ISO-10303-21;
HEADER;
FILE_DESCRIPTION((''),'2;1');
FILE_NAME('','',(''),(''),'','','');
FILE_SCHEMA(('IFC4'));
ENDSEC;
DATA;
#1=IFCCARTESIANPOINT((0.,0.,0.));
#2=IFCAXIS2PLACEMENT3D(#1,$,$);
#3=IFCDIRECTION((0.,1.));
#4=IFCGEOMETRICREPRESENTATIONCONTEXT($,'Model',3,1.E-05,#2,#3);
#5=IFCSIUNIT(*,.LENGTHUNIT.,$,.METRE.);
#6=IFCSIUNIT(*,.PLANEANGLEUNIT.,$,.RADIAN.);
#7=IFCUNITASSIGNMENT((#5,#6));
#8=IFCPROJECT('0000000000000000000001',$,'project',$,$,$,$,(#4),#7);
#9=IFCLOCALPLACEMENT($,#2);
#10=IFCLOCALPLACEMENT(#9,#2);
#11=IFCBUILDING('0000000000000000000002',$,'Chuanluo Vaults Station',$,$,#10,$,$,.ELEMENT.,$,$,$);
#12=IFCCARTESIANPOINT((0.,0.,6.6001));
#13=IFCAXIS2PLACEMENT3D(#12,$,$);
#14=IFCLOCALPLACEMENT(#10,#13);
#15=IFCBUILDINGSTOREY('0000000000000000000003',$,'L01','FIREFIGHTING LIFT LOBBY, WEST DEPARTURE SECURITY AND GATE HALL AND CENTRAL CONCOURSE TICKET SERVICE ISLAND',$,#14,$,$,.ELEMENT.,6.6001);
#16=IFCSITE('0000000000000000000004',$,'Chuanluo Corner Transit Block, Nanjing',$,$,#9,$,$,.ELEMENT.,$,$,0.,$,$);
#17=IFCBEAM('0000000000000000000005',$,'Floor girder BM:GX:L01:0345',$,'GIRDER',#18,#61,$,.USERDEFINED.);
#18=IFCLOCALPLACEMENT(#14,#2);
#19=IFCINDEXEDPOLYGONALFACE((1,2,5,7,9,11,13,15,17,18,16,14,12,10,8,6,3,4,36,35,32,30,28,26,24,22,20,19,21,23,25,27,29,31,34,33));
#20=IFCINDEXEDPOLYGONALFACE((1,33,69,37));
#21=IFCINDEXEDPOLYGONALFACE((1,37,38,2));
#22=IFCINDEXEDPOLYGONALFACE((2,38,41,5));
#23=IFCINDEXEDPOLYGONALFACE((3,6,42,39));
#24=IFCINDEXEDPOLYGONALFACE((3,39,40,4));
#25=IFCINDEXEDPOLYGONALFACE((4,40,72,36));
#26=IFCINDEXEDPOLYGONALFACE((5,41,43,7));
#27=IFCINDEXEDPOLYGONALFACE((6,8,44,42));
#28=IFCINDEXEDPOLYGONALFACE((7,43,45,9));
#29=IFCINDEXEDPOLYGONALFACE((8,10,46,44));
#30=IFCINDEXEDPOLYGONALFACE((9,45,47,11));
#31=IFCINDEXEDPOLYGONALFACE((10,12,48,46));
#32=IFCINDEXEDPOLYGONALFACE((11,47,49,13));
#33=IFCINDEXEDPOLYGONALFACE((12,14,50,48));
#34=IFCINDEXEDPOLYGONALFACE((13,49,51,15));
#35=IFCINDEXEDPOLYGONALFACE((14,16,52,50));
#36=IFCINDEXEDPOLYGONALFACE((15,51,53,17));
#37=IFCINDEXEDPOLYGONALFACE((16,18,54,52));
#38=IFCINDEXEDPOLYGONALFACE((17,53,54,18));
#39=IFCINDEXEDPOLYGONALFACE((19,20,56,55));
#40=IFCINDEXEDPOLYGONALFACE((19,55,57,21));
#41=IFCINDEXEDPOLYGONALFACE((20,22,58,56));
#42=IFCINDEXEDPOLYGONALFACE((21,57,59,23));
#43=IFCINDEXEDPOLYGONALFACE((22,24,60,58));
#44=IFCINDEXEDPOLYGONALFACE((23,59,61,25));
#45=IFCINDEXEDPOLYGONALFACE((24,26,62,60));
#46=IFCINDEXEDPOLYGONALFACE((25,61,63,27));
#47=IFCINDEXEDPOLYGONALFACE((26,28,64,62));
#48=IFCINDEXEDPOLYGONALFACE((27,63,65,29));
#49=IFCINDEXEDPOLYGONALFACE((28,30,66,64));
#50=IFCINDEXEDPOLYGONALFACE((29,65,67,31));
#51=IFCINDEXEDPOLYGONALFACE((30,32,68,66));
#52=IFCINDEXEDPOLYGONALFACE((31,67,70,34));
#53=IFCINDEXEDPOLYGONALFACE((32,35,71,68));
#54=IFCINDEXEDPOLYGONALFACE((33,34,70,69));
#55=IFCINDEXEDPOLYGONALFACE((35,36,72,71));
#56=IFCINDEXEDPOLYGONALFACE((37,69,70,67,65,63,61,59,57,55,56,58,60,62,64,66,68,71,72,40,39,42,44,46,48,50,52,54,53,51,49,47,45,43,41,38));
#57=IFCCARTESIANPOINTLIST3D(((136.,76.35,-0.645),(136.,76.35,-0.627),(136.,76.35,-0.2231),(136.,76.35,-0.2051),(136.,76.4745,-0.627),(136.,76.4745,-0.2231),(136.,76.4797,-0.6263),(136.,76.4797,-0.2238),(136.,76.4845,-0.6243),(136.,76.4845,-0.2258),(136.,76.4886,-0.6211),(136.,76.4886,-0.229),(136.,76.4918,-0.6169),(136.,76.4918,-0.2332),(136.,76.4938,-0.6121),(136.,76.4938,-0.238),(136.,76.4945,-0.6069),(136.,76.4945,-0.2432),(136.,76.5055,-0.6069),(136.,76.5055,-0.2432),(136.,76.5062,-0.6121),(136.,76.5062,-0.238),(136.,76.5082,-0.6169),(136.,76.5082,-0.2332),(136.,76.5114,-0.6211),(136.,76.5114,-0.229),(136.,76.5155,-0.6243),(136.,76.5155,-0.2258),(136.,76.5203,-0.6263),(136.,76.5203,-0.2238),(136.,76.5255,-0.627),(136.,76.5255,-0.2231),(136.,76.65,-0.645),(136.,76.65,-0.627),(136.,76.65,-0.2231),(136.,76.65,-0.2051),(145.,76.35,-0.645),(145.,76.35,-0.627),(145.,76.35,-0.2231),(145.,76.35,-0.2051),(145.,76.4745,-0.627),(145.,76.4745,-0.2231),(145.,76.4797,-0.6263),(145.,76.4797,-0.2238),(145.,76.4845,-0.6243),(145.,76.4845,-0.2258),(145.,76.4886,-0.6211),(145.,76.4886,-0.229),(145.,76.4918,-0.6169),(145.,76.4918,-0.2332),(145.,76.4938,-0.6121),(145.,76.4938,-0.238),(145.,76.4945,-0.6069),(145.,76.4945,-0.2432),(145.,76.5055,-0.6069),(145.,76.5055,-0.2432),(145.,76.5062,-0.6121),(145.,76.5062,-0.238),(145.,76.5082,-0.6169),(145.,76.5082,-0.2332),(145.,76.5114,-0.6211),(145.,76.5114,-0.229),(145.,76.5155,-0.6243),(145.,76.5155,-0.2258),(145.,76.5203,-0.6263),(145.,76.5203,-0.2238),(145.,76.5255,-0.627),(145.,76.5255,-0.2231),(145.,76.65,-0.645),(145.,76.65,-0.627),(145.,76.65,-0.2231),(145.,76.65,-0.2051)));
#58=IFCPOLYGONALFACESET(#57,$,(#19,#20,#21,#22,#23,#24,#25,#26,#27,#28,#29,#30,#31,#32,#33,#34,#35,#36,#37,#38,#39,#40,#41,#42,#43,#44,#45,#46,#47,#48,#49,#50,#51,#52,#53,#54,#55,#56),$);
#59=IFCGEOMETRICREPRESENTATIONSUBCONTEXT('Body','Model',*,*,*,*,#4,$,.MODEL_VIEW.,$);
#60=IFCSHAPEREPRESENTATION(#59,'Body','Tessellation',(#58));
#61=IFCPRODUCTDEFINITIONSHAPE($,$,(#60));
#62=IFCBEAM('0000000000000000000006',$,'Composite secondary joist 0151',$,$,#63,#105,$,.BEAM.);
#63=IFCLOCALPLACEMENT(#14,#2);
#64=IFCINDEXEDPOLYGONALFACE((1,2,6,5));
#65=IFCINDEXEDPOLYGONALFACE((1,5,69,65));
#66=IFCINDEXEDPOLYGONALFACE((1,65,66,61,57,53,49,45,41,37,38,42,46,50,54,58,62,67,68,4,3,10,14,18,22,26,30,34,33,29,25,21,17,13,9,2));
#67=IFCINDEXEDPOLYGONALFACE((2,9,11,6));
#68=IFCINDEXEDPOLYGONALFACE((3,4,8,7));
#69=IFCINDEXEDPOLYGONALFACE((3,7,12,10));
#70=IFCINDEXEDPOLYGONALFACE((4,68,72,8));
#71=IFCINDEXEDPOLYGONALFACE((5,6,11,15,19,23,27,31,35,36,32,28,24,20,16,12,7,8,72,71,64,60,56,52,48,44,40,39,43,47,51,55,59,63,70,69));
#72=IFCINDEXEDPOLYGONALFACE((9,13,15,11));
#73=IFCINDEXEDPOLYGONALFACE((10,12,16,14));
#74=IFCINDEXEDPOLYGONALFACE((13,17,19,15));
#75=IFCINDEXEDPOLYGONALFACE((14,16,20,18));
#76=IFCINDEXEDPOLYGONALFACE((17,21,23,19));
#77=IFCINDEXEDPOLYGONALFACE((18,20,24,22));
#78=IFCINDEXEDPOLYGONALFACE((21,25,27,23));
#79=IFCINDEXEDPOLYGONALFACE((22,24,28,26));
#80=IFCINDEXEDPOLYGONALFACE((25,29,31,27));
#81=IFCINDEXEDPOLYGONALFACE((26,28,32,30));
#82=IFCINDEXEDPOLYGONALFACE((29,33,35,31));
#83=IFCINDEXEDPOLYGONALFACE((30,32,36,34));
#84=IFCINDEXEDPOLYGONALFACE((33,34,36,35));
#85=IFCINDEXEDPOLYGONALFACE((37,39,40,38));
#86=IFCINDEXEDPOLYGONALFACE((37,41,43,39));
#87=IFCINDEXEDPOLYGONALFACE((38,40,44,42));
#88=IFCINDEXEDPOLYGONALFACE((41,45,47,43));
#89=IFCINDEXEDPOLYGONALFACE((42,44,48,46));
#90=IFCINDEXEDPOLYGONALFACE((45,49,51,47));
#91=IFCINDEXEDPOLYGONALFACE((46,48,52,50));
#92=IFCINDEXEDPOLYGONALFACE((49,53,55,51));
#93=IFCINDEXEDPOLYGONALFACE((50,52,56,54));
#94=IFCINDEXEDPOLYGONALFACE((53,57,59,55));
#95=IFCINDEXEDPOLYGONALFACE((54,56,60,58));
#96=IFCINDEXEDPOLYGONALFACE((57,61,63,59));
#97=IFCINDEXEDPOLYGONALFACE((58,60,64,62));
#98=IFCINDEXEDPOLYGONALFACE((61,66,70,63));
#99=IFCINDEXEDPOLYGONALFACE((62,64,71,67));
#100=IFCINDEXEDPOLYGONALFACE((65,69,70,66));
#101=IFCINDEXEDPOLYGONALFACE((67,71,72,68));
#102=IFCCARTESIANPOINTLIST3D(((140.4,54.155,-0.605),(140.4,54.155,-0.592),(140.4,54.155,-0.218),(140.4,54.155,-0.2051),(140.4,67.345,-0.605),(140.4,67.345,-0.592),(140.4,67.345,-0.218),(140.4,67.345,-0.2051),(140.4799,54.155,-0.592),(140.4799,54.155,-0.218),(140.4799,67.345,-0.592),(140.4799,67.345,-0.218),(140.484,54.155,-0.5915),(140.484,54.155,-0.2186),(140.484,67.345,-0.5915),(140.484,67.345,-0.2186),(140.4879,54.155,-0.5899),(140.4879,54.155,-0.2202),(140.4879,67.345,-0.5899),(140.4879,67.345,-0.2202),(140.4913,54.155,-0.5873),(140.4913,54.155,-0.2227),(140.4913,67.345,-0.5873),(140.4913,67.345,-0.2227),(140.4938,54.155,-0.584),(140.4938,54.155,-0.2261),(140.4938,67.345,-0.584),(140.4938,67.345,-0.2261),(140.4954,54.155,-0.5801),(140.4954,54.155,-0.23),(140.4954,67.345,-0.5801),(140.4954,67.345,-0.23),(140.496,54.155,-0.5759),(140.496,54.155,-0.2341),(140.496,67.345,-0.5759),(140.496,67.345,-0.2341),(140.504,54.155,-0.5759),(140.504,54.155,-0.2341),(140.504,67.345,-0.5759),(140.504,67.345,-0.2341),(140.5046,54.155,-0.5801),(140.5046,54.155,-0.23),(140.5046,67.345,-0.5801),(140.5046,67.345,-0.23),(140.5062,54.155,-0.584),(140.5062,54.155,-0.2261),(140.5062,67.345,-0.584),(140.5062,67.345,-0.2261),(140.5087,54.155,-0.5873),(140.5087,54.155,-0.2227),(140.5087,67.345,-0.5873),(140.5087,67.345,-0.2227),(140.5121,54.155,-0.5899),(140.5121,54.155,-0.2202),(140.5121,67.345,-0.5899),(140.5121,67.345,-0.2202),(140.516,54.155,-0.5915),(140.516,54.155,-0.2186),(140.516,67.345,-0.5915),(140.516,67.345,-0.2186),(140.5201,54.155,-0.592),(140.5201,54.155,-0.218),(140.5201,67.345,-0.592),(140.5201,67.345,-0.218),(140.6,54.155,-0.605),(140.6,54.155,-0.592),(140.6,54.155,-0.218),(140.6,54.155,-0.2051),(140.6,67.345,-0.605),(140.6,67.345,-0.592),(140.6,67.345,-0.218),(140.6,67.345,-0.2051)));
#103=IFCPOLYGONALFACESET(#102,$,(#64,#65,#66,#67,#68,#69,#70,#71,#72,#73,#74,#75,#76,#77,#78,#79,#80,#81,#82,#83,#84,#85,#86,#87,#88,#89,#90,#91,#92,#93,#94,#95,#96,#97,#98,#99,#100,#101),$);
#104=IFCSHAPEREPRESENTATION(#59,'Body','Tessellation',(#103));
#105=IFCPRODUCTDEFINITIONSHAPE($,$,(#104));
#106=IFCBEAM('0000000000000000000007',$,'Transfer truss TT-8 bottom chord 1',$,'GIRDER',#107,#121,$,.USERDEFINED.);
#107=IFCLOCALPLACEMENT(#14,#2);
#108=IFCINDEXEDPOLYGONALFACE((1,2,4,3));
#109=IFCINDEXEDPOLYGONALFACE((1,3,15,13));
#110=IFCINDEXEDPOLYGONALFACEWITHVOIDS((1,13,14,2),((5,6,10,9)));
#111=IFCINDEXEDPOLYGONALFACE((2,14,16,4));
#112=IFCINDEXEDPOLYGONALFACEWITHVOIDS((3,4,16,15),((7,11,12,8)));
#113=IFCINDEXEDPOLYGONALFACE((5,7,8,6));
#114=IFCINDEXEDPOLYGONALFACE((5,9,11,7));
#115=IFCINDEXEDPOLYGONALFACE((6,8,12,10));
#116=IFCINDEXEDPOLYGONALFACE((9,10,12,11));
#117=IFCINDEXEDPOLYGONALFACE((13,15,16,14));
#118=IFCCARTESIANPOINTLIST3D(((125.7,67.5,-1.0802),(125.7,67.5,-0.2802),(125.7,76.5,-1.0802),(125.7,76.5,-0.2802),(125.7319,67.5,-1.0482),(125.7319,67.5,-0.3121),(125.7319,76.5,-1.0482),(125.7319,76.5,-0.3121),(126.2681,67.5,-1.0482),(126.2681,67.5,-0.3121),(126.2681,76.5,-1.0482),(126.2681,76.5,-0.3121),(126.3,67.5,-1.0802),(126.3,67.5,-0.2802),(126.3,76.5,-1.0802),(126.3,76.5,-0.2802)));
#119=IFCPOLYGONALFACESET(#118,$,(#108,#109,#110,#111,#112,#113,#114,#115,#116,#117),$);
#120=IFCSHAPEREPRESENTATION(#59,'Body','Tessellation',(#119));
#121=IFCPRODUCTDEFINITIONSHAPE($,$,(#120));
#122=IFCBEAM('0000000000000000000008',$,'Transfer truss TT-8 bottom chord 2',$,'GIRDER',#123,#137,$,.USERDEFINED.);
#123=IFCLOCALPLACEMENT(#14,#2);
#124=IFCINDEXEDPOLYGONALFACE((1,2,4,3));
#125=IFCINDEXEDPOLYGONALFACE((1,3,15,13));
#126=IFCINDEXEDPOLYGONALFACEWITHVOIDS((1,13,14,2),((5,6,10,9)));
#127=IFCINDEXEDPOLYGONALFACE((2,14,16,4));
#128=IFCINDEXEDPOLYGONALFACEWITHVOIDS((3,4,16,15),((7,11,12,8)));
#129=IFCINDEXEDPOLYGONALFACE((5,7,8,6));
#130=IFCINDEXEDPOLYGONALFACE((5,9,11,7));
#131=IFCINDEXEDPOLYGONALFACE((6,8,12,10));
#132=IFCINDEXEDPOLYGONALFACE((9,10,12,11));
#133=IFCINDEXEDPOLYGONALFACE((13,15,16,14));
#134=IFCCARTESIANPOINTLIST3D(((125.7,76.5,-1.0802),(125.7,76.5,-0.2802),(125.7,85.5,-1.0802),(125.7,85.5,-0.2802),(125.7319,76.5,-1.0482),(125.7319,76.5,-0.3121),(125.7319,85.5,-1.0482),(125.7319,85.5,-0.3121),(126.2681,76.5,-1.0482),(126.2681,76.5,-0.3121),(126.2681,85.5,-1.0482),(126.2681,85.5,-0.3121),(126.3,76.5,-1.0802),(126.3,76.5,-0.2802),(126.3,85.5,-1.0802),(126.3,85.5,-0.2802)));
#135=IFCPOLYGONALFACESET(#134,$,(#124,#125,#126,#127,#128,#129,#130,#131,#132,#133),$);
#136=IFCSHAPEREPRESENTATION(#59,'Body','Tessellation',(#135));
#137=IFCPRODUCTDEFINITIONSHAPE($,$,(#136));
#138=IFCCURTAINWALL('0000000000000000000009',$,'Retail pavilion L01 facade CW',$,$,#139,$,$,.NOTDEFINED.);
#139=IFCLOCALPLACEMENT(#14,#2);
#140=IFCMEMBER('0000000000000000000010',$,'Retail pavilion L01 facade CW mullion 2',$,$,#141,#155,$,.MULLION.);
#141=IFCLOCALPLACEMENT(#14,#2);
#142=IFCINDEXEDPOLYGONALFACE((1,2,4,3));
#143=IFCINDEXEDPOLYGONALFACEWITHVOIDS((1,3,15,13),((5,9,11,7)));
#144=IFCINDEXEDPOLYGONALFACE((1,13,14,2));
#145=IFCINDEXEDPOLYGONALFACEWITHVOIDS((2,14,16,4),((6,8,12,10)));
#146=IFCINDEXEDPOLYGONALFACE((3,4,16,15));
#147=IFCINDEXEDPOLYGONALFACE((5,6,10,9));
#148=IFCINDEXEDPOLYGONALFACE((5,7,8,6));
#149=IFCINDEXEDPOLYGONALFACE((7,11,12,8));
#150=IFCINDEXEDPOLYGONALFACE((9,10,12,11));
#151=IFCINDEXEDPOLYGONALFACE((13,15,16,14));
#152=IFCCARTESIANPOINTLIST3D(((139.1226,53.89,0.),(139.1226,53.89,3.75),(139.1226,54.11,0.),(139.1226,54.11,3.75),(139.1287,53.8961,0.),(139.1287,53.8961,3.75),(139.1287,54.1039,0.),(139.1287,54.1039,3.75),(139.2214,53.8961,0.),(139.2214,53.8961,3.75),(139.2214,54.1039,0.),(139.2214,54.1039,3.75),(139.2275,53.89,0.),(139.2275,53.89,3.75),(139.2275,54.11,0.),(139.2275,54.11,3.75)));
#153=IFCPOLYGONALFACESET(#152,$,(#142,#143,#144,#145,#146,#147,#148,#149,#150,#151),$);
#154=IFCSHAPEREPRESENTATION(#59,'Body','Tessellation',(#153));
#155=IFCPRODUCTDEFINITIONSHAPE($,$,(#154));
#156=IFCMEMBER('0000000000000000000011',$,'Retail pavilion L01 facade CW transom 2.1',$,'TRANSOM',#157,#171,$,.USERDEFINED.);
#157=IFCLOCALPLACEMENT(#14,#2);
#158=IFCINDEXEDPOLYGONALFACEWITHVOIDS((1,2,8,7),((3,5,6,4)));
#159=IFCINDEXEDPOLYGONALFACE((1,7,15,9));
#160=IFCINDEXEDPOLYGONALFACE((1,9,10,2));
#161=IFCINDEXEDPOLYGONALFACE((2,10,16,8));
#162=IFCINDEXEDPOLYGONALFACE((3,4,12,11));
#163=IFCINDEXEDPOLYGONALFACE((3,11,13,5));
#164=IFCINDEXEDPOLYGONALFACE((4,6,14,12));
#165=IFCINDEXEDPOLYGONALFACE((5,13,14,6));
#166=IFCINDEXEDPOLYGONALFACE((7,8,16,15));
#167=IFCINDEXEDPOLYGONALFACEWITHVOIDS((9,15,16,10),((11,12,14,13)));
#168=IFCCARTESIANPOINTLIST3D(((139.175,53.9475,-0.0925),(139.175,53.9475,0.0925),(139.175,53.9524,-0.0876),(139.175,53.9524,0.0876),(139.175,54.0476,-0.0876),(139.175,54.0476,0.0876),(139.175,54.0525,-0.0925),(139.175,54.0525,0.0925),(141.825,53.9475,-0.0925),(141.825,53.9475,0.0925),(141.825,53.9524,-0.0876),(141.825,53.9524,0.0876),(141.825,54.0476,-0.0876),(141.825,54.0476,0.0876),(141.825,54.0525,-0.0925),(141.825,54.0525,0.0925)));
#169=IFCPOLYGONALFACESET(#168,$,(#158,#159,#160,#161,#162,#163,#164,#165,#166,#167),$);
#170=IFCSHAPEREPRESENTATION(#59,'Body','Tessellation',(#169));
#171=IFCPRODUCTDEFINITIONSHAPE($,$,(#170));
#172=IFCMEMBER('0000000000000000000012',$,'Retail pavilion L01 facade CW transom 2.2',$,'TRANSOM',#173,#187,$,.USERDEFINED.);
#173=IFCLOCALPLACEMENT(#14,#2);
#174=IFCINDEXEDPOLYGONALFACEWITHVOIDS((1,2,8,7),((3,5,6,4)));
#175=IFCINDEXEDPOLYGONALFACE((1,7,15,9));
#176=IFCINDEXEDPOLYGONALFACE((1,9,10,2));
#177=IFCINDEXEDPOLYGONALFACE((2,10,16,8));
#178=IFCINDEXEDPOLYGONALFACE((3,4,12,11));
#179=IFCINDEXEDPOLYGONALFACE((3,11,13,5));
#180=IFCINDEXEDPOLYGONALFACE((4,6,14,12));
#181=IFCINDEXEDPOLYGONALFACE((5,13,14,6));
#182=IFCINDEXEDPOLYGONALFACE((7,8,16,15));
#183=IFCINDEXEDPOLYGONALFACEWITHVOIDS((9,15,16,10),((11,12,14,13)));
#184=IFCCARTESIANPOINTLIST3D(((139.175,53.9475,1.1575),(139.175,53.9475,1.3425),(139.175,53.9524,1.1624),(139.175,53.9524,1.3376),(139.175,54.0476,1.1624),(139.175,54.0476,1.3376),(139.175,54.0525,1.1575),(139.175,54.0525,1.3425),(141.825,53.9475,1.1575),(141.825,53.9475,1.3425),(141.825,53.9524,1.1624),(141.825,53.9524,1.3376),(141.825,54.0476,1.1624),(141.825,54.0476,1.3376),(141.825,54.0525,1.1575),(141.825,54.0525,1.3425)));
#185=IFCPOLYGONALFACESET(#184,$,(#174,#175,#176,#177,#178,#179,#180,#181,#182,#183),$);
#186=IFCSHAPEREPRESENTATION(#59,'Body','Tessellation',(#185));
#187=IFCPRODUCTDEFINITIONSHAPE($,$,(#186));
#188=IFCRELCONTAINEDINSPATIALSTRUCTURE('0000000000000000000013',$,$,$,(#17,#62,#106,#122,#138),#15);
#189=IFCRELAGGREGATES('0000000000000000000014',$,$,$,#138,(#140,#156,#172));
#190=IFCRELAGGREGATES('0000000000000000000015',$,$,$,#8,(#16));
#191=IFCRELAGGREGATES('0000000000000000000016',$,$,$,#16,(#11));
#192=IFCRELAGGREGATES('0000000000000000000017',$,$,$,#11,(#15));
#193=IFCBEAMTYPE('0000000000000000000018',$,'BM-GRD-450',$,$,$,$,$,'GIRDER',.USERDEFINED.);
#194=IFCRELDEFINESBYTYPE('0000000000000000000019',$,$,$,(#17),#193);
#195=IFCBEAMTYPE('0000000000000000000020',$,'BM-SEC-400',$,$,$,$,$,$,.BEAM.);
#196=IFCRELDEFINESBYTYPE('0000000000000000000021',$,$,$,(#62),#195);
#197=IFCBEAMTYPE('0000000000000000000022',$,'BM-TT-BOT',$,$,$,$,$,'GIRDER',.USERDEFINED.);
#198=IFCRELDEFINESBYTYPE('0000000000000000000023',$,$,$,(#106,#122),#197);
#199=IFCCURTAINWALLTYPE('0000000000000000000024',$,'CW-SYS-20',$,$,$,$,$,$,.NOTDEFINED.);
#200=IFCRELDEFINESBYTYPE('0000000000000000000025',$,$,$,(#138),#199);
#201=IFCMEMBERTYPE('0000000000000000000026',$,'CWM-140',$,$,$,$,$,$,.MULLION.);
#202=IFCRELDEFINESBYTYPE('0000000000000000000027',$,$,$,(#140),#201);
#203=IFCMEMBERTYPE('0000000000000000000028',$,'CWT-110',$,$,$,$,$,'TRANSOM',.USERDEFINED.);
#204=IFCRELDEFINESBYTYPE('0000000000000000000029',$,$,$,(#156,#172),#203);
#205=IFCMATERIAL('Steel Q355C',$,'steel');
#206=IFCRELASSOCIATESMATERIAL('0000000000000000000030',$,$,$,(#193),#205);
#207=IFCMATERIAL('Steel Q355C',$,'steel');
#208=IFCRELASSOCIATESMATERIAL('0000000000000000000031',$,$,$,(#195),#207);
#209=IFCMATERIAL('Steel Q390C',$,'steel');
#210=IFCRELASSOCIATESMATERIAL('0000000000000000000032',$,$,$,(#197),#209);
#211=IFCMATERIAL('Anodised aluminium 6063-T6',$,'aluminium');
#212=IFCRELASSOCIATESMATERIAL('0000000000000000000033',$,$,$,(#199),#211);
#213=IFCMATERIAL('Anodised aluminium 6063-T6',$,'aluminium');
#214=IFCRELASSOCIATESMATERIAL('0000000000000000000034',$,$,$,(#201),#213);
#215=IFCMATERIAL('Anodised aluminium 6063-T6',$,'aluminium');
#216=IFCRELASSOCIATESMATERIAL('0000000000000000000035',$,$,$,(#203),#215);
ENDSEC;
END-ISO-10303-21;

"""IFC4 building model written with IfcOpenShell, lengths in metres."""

from ifc_helpers import new_model, si_unit, direction, frame, origin, origin_2d, place, context, subcontext, project, spatial, hollow_rectangle, i_section, extrude, material, material_profile, profile_set, type_object, element, aggregate, save


model = new_model("IFC4")

# Units and contexts
model_context = context("Model", 3, precision=1e-05, world=origin(), true_north=direction((0.0, 1.0)))
body_context = subcontext(model_context, "Body", "Model", "MODEL_VIEW")
ifc_project = project(units=[si_unit("LENGTHUNIT", "METRE"), si_unit("PLANEANGLEUNIT", "RADIAN")], contexts=[model_context])

# Site, building, storey
site_placement = place(None, origin())
site = spatial("IfcSite", under=ifc_project, at=site_placement, Name="Chuanluo Corner Transit Block, Nanjing", CompositionType="ELEMENT", RefElevation=0.0)
building_placement = place(site_placement, origin())
building = spatial("IfcBuilding", under=site, at=building_placement, Name="Chuanluo Vaults Station", CompositionType="ELEMENT")
storey_placement = place(building_placement, frame((0.0, 0.0, 6.6001)))
storey = spatial("IfcBuildingStorey", under=building, at=storey_placement, Name="L01", Description="FIREFIGHTING LIFT LOBBY, WEST DEPARTURE SECURITY AND GATE HALL AND CENTRAL CONCOURSE TICKET SERVICE ISLAND", CompositionType="ELEMENT", Elevation=6.6001)

# Beams
ifc_material_1 = material(Name="Steel Q355C", Category="steel")
ifc_material_profile_1 = material_profile(ifc_material_1, i_section(OverallWidth=0.3, OverallDepth=0.4399, WebThickness=0.011, FlangeThickness=0.0181, FilletRadius=0.02, at=origin_2d()))
ifc_profile_set_1 = profile_set([ifc_material_profile_1], Name="Steel Q355C")
beam_type_1 = type_object("IfcBeamType", Name="BM-GRD-450", ElementType="GIRDER", PredefinedType="USERDEFINED", material=ifc_profile_set_1)
for number, where, z_axis, x_axis, name in (
    (1, (136.0, 76.5, -0.425), (1.0, 0.0, 0.0), (0.0, 1.0, 0.0), "Floor girder BM:GX:L01:0345"),
):
    element("IfcBeam", number, at=place(storey_placement, frame(where, z_axis=z_axis, x_axis=x_axis)), inside=storey, type_object=beam_type_1, Name=name, ObjectType="GIRDER", PredefinedType="USERDEFINED", context=body_context, shape_type="SweptSolid", body=[
        extrude(i_section(OverallWidth=0.3, OverallDepth=0.4399, WebThickness=0.011, FlangeThickness=0.0181, FilletRadius=0.02, at=origin_2d()), origin(), (0.0, 0.0, 1.0), 9.0),
    ])
ifc_material_2 = material(Name="Steel Q355C", Category="steel")
ifc_material_profile_2 = material_profile(ifc_material_2, i_section(OverallWidth=0.2, OverallDepth=0.3999, WebThickness=0.0081, FlangeThickness=0.0129, FilletRadius=0.0161, at=origin_2d()))
ifc_profile_set_2 = profile_set([ifc_material_profile_2], Name="Steel Q355C")
beam_type_2 = type_object("IfcBeamType", Name="BM-SEC-400", PredefinedType="BEAM", material=ifc_profile_set_2)
beam_placement = place(storey_placement, frame((140.5, 54.155, -0.405), z_axis=(0.0, 1.0, 0.0), x_axis=(-1.0, 0.0, 0.0)))
element("IfcBeam", 2, at=beam_placement, inside=storey, type_object=beam_type_2, Name="Composite secondary joist 0151", PredefinedType="BEAM", context=body_context, shape_type="SweptSolid", body=[
    extrude(i_section(OverallWidth=0.2, OverallDepth=0.3999, WebThickness=0.0081, FlangeThickness=0.0129, FilletRadius=0.0161, at=origin_2d()), origin(), (0.0, 0.0, 1.0), 13.1899),
])
ifc_material_3 = material(Name="Steel Q390C", Category="steel")
ifc_material_profile_3 = material_profile(ifc_material_3, hollow_rectangle(XDim=0.6001, YDim=0.8, WallThickness=0.032, at=origin_2d()))
ifc_profile_set_3 = profile_set([ifc_material_profile_3], Name="Steel Q390C")
beam_type_3 = type_object("IfcBeamType", Name="BM-TT-BOT", ElementType="GIRDER", PredefinedType="USERDEFINED", material=ifc_profile_set_3)
for number, where, z_axis, x_axis, name in (
    (3, (126.0, 67.5, -0.6802), (0.0, 1.0, 0.0), (-1.0, 0.0, 0.0), "Transfer truss TT-8 bottom chord 1"),
    (4, (126.0, 76.5, -0.6802), (0.0, 1.0, 0.0), (-1.0, 0.0, 0.0), "Transfer truss TT-8 bottom chord 2"),
):
    element("IfcBeam", number, at=place(storey_placement, frame(where, z_axis=z_axis, x_axis=x_axis)), inside=storey, type_object=beam_type_3, Name=name, ObjectType="GIRDER", PredefinedType="USERDEFINED", context=body_context, shape_type="SweptSolid", body=[
        extrude(hollow_rectangle(XDim=0.6001, YDim=0.8, WallThickness=0.032, at=origin_2d()), origin(), (0.0, 0.0, 1.0), 9.0),
    ])

# Curtain wall, members
ifc_material_4 = material(Name="Anodised aluminium 6063-T6", Category="aluminium")
curtain_wall_type = type_object("IfcCurtainWallType", Name="CW-SYS-20", PredefinedType="NOTDEFINED", material=ifc_material_4)
curtain_wall_placement = place(storey_placement, origin())
curtain_wall = element("IfcCurtainWall", 5, at=curtain_wall_placement, inside=storey, type_object=curtain_wall_type, Name="Retail pavilion L01 facade CW", PredefinedType="NOTDEFINED")
ifc_material_5 = material(Name="Anodised aluminium 6063-T6", Category="aluminium")
ifc_material_profile_4 = material_profile(ifc_material_5, hollow_rectangle(XDim=0.105, YDim=0.22, WallThickness=0.0061, at=origin_2d()))
ifc_profile_set_4 = profile_set([ifc_material_profile_4], Name="Anodised aluminium 6063-T6")
member_type_1 = type_object("IfcMemberType", Name="CWM-140", PredefinedType="MULLION", material=ifc_profile_set_4)
member_1_placement = place(storey_placement, frame((139.175, 54.0, 0.0), z_axis=(0.0, 0.0, 1.0), x_axis=(1.0, 0.0, 0.0)))
member_1 = element("IfcMember", 6, at=member_1_placement, type_object=member_type_1, Name="Retail pavilion L01 facade CW mullion 2", PredefinedType="MULLION", context=body_context, shape_type="SweptSolid", body=[
    extrude(hollow_rectangle(XDim=0.105, YDim=0.22, WallThickness=0.0061, at=origin_2d()), origin(), (0.0, 0.0, 1.0), 3.75),
])
ifc_material_6 = material(Name="Anodised aluminium 6063-T6", Category="aluminium")
ifc_material_profile_5 = material_profile(ifc_material_6, hollow_rectangle(XDim=0.105, YDim=0.1851, WallThickness=0.0049, at=origin_2d()))
ifc_profile_set_5 = profile_set([ifc_material_profile_5], Name="Anodised aluminium 6063-T6")
member_type_2 = type_object("IfcMemberType", Name="CWT-110", ElementType="TRANSOM", PredefinedType="USERDEFINED", material=ifc_profile_set_5)
member_2_placement = place(storey_placement, frame((139.175, 54.0, 0.0), z_axis=(1.0, 0.0, 0.0), x_axis=(0.0, 1.0, 0.0)))
member_2 = element("IfcMember", 7, at=member_2_placement, type_object=member_type_2, Name="Retail pavilion L01 facade CW transom 2.1", ObjectType="TRANSOM", PredefinedType="USERDEFINED", context=body_context, shape_type="SweptSolid", body=[
    extrude(hollow_rectangle(XDim=0.105, YDim=0.1851, WallThickness=0.0049, at=origin_2d()), origin(), (0.0, 0.0, 1.0), 2.6499),
])
member_3_placement = place(storey_placement, frame((139.175, 54.0, 1.25), z_axis=(1.0, 0.0, 0.0), x_axis=(0.0, 1.0, 0.0)))
member_3 = element("IfcMember", 8, at=member_3_placement, type_object=member_type_2, Name="Retail pavilion L01 facade CW transom 2.2", ObjectType="TRANSOM", PredefinedType="USERDEFINED", context=body_context, shape_type="SweptSolid", body=[
    extrude(hollow_rectangle(XDim=0.105, YDim=0.1851, WallThickness=0.0049, at=origin_2d()), origin(), (0.0, 0.0, 1.0), 2.6499),
])

aggregate(curtain_wall, [member_1, member_2, member_3])

save(model, "model.ifc")
